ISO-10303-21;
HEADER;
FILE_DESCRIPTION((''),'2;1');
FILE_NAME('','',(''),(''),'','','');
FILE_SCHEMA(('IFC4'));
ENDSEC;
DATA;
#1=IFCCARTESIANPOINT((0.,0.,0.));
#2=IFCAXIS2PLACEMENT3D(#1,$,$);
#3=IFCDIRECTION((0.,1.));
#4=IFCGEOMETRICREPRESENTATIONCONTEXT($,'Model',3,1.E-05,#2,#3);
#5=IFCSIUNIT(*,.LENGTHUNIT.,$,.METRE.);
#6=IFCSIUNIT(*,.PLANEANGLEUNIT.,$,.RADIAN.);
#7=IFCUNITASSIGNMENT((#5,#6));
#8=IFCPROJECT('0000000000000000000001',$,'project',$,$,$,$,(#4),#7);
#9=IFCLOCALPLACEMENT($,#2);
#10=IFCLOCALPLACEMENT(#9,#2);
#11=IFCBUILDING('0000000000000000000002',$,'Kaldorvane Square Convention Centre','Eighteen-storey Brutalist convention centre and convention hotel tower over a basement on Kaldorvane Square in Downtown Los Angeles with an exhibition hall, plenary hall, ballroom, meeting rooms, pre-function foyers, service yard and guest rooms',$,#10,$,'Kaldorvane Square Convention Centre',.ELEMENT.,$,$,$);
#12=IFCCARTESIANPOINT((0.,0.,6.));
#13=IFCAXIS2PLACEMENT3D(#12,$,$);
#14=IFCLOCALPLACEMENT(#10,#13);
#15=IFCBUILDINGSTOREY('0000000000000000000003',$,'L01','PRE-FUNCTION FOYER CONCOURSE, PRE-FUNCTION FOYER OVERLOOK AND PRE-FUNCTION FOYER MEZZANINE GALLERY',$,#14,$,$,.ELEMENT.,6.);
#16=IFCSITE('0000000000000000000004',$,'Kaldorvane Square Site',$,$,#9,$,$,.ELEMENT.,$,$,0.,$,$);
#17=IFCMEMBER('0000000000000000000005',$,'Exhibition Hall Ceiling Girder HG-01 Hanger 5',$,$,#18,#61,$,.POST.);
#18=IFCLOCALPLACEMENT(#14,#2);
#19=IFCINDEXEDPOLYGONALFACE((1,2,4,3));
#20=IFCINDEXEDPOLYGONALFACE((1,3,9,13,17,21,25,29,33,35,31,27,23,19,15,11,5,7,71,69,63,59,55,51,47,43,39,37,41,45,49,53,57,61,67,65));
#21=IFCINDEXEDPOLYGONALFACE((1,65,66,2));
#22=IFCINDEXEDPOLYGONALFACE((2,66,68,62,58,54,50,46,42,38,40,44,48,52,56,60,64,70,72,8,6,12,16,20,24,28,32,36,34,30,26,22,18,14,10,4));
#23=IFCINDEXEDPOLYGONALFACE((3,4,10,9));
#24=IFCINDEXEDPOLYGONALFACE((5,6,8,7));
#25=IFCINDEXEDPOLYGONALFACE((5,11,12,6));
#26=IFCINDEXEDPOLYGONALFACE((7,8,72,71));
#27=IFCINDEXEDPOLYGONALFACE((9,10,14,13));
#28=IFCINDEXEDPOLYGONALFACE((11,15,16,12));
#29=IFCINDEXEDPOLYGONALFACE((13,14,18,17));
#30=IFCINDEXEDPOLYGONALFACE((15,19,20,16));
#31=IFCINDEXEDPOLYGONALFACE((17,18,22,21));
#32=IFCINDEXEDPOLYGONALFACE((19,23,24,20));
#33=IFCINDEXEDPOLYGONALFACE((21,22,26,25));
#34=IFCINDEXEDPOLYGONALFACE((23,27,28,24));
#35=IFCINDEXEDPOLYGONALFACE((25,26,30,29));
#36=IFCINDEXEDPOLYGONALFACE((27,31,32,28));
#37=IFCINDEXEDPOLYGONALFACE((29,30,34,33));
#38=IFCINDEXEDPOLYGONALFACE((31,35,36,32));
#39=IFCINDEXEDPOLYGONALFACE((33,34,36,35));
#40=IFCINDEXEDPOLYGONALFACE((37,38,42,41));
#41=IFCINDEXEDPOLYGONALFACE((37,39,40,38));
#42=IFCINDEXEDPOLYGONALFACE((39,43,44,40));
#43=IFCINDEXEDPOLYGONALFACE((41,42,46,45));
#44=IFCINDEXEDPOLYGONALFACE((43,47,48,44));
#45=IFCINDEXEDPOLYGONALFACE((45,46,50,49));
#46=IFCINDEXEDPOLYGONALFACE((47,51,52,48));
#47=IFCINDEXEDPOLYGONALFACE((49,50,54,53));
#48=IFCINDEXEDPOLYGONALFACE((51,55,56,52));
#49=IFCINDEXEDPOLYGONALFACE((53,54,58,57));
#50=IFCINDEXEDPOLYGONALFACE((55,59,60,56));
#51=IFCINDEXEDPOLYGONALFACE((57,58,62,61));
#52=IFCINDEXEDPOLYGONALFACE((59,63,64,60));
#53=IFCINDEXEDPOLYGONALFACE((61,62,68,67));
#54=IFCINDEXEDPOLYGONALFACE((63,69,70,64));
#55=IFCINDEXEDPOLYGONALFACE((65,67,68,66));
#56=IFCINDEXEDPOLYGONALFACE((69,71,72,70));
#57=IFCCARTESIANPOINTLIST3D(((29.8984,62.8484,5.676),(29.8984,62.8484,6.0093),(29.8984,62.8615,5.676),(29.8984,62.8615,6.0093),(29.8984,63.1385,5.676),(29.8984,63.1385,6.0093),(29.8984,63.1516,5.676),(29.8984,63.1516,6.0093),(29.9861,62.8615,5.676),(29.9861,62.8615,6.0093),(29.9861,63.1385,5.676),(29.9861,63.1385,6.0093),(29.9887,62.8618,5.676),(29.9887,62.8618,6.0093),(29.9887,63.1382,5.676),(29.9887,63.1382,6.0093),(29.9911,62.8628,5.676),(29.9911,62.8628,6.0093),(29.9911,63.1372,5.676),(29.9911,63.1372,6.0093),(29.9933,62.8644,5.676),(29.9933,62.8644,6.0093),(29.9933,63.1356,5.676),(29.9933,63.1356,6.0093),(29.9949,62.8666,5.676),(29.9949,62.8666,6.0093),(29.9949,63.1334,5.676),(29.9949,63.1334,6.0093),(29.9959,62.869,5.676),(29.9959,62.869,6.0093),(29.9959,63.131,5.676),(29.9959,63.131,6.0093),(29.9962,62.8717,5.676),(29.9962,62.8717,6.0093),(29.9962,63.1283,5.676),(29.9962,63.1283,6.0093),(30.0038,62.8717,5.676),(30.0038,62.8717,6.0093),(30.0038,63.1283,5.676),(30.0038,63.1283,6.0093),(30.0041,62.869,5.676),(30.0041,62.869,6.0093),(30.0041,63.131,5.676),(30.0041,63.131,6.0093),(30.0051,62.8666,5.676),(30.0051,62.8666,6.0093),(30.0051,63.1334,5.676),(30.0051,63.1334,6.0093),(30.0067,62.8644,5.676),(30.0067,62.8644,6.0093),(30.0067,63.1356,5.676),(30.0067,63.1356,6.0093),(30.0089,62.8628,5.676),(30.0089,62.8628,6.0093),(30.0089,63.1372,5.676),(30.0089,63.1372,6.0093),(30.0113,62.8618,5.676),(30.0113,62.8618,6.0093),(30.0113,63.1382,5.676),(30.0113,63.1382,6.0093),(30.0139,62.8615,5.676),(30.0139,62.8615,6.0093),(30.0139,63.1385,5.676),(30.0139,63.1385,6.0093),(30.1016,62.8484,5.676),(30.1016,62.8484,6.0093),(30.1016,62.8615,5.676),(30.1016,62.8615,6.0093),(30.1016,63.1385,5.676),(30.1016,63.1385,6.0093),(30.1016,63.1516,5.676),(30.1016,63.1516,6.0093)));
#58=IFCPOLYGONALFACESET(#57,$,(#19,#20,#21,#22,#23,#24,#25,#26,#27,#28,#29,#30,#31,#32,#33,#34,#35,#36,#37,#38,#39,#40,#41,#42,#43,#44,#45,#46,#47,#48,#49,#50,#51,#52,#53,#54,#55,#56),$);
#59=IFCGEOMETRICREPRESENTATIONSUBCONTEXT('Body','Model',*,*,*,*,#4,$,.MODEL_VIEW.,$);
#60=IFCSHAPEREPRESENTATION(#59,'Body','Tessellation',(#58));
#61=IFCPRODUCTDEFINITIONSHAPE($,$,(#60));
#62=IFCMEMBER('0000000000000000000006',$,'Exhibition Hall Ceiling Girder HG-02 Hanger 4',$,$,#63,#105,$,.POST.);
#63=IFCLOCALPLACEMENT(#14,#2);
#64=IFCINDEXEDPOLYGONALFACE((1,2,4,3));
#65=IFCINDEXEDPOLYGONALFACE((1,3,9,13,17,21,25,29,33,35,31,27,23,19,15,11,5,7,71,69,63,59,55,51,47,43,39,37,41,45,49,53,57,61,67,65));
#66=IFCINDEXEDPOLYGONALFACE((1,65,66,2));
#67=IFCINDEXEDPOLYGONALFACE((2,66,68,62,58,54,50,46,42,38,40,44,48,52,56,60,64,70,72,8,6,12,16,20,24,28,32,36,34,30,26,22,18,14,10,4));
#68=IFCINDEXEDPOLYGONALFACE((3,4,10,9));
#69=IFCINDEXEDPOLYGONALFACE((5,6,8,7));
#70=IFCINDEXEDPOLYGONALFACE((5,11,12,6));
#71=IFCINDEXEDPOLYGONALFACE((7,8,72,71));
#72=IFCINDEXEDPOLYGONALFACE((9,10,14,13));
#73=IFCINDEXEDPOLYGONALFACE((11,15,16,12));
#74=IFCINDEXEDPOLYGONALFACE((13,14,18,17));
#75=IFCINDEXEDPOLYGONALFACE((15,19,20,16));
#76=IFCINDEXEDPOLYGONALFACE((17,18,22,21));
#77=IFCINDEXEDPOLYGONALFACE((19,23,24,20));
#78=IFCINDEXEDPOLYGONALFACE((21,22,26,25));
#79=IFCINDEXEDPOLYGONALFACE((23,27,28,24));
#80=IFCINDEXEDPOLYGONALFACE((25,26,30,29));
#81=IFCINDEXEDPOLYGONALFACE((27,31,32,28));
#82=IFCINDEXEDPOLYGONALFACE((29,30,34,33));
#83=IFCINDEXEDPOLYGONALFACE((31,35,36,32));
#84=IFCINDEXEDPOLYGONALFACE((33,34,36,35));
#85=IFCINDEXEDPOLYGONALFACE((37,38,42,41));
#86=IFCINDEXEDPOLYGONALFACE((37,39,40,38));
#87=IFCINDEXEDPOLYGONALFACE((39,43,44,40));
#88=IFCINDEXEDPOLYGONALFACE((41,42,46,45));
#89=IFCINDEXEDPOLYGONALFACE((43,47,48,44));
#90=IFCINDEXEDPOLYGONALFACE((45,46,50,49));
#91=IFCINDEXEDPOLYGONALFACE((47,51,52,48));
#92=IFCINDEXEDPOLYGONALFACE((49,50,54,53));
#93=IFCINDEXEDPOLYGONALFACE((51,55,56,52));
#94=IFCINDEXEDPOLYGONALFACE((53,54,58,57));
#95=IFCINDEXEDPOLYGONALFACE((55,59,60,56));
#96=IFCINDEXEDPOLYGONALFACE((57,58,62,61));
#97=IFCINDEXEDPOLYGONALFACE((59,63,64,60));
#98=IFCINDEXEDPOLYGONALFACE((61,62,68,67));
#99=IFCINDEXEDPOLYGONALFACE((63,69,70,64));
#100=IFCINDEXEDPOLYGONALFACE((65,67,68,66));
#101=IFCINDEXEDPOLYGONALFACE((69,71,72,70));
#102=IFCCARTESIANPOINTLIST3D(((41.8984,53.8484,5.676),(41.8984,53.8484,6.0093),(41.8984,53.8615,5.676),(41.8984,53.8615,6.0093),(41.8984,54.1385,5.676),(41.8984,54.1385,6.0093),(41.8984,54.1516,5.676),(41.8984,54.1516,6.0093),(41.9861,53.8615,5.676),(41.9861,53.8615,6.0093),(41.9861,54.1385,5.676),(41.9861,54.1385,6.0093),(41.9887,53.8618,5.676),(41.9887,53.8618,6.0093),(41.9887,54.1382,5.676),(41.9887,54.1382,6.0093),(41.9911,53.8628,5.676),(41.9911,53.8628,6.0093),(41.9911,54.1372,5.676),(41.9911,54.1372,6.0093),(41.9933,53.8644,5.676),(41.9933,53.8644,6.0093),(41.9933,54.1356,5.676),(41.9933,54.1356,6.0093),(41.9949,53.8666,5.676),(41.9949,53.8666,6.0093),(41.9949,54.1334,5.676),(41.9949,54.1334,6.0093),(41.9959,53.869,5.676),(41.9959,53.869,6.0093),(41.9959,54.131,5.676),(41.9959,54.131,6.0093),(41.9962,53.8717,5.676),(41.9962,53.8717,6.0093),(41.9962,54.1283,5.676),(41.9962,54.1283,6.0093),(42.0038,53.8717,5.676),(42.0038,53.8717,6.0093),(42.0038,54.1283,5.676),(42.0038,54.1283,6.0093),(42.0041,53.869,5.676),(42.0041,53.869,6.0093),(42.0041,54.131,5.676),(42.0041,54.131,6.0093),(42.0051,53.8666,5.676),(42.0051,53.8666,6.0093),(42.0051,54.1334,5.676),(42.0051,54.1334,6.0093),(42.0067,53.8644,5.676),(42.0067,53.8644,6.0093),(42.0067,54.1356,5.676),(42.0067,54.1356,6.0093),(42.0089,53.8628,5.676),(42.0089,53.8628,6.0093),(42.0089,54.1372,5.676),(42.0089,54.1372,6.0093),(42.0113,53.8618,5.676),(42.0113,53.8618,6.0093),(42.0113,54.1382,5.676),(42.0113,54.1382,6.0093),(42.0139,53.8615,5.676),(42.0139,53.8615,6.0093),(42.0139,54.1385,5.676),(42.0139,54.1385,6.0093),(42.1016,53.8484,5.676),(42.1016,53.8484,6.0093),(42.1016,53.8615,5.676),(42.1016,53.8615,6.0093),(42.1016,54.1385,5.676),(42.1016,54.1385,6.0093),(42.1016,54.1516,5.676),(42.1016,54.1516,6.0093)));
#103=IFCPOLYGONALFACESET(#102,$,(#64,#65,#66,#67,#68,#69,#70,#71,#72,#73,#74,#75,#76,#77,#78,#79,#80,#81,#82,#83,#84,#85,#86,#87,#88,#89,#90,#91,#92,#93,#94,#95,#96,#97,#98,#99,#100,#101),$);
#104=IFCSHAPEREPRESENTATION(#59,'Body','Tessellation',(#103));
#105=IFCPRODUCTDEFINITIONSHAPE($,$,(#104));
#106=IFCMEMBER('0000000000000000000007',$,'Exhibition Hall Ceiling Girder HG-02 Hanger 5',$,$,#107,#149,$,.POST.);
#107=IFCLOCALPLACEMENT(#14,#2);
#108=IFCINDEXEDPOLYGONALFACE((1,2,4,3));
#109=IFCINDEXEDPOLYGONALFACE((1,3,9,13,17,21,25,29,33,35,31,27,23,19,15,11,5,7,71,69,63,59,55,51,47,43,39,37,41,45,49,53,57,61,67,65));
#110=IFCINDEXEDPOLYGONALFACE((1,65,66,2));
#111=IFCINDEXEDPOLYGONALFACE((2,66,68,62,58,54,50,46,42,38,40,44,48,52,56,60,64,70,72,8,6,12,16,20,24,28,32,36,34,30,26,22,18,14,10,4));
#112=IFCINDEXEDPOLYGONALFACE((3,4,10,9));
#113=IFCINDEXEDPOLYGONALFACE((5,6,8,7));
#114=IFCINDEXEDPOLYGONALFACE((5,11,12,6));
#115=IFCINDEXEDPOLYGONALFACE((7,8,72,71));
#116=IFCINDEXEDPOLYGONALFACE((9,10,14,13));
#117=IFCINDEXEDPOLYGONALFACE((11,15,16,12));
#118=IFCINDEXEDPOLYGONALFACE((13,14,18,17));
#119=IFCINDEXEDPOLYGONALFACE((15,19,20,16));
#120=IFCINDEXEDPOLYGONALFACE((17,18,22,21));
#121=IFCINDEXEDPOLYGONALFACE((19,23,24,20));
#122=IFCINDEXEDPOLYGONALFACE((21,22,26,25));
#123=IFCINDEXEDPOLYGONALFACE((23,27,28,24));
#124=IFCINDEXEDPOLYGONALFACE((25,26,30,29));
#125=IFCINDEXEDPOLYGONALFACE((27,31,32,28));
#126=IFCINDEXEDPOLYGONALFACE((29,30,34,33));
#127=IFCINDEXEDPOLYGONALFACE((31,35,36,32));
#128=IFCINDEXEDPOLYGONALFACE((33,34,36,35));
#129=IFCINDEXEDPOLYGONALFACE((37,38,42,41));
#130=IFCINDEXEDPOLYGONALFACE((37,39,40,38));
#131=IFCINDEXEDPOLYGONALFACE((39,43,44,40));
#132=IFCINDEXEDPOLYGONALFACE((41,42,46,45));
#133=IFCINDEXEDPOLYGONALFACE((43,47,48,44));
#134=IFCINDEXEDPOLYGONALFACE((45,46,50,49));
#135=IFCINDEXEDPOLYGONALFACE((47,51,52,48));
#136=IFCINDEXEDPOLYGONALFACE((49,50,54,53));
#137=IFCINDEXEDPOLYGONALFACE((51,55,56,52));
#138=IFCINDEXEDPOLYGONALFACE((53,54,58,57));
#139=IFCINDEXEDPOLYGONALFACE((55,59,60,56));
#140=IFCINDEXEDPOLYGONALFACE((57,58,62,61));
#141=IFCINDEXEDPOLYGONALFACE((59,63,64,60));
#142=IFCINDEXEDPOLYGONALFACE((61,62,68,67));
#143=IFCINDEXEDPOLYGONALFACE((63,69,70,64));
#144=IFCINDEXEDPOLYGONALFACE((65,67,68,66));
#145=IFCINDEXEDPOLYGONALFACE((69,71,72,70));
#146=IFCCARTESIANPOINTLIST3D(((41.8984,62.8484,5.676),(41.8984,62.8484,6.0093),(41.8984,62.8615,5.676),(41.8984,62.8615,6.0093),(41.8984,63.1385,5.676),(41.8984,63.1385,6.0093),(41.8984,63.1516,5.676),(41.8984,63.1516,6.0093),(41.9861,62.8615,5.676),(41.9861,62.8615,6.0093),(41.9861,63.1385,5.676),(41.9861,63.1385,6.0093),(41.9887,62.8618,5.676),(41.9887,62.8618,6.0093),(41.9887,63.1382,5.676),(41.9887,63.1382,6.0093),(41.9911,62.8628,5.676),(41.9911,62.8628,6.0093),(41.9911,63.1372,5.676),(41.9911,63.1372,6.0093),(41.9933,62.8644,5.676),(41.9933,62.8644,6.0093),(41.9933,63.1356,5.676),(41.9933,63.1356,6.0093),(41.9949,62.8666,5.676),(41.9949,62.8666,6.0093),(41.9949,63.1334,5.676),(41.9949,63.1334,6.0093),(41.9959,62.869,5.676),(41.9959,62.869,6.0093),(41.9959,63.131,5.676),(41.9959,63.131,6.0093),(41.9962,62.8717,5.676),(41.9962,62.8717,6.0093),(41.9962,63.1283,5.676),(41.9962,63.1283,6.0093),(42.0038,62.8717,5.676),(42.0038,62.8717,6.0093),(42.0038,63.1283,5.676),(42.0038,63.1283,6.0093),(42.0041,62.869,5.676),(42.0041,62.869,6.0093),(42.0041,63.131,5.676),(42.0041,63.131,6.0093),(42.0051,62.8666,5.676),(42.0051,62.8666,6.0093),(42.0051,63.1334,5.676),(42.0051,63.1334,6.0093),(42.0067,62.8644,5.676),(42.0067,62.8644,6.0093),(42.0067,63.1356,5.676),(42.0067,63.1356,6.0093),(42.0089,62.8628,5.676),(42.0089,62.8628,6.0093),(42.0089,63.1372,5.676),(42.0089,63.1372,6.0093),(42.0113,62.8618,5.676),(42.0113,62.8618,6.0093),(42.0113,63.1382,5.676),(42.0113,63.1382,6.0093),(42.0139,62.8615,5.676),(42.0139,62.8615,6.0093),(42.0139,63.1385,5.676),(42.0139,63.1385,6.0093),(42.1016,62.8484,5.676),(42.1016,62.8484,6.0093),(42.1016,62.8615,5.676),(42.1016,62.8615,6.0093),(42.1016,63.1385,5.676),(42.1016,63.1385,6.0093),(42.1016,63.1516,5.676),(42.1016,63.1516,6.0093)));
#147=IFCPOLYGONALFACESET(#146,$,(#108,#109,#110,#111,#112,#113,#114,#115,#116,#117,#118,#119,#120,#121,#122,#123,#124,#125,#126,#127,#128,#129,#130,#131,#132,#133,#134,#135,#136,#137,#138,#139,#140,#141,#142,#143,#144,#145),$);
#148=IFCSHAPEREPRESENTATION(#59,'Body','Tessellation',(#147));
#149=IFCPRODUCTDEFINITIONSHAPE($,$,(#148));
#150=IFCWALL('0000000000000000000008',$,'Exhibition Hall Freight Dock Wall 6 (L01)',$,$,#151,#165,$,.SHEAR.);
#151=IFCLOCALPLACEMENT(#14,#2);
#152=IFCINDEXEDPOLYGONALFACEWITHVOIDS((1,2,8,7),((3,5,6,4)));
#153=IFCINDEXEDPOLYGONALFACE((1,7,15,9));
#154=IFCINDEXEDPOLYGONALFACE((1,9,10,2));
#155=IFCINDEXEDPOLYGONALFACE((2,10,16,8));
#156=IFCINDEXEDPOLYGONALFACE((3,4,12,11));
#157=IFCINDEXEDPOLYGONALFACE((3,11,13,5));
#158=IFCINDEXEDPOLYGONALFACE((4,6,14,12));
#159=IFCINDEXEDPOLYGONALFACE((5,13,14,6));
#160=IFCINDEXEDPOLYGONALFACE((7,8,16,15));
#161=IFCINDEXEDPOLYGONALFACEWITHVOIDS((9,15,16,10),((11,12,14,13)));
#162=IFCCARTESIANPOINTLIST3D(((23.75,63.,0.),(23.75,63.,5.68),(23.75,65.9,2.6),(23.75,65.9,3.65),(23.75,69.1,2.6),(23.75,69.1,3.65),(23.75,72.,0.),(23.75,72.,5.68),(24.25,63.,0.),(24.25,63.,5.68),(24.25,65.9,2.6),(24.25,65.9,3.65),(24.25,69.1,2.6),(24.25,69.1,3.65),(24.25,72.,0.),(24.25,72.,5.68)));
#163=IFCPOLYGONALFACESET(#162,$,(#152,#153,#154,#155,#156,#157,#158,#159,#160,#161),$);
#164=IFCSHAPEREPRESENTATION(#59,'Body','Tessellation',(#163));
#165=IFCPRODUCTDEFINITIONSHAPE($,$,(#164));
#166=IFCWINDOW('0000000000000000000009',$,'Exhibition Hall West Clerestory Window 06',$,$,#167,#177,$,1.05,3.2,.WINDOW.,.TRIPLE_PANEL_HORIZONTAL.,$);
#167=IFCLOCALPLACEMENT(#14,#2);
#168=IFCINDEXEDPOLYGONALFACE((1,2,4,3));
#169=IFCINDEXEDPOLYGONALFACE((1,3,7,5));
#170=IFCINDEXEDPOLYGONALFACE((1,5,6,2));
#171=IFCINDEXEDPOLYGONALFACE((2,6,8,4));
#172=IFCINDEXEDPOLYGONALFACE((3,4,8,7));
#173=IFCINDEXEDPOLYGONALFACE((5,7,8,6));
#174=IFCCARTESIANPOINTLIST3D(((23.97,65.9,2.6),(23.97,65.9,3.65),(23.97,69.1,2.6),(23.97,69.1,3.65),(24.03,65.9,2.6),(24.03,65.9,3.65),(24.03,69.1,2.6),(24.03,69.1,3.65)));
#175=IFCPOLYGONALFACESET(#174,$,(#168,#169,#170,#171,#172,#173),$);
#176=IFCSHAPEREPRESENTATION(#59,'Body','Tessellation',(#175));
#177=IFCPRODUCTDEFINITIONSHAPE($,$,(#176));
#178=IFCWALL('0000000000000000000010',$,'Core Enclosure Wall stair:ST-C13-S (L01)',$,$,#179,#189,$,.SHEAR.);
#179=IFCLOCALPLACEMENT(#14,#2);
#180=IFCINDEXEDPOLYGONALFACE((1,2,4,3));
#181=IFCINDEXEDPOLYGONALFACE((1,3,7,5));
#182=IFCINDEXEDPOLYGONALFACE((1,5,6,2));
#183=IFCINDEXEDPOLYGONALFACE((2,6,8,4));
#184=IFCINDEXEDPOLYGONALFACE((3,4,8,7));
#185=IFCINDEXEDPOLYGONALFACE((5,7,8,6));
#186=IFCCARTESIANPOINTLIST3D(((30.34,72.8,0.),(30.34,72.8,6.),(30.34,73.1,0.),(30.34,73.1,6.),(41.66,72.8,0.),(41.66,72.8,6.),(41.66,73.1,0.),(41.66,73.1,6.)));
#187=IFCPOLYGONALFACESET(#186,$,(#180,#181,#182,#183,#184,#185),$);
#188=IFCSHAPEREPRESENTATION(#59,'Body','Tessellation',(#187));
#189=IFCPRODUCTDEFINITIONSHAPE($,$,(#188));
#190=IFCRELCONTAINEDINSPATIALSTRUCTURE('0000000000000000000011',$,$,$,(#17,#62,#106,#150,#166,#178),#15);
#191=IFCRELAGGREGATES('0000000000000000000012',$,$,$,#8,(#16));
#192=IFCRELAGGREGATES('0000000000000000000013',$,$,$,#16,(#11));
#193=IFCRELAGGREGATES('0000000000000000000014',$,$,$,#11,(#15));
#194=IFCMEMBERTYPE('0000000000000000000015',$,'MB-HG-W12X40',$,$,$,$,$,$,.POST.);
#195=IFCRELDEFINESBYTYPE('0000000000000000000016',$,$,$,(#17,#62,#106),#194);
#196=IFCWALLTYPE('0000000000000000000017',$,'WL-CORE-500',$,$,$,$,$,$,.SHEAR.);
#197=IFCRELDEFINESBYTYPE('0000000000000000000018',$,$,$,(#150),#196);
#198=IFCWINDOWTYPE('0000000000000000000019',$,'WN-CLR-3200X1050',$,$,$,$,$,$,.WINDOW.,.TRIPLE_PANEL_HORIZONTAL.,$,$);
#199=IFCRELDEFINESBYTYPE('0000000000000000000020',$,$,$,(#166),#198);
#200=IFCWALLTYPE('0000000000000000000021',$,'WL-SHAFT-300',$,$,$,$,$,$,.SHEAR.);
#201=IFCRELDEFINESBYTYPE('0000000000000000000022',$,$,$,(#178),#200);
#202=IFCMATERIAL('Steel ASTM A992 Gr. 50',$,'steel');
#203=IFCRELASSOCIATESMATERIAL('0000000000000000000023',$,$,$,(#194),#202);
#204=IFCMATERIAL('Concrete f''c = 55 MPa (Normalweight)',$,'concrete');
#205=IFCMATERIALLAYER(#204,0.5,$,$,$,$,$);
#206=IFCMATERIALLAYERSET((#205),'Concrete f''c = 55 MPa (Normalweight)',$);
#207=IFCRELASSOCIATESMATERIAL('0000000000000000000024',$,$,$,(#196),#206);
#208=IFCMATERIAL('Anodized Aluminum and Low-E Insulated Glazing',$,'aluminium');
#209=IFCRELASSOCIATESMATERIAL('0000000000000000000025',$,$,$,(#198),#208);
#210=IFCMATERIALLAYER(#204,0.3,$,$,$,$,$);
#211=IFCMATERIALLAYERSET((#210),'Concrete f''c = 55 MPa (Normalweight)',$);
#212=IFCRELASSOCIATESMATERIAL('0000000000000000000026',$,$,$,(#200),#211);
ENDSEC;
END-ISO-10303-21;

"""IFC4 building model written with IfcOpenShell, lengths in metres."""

from ifc_helpers import new_model, si_unit, direction, frame, frame_2d, origin, origin_2d, place, context, subcontext, project, spatial, rectangle, i_section, extrude, material, layer, layer_set, material_profile, profile_set, type_object, element, fill, save


model = new_model("IFC4")

# Units and contexts
model_context = context("Model", 3, precision=1e-05, world=origin(), true_north=direction((0.0, 1.0)))
body_context = subcontext(model_context, "Body", "Model", "MODEL_VIEW")
ifc_project = project(units=[si_unit("LENGTHUNIT", "METRE"), si_unit("PLANEANGLEUNIT", "RADIAN")], contexts=[model_context])

# Site, building, storey
site_placement = place(None, origin())
site = spatial("IfcSite", under=ifc_project, at=site_placement, Name="Kaldorvane Square Site", CompositionType="ELEMENT", RefElevation=0.0)
building_placement = place(site_placement, origin())
building = spatial("IfcBuilding", under=site, at=building_placement, Name="Kaldorvane Square Convention Centre", Description="Eighteen-storey Brutalist convention centre and convention hotel tower over a basement on Kaldorvane Square in Downtown Los Angeles with an exhibition hall, plenary hall, ballroom, meeting rooms, pre-function foyers, service yard and guest rooms", LongName="Kaldorvane Square Convention Centre", CompositionType="ELEMENT")
storey_placement = place(building_placement, frame((0.0, 0.0, 6.0)))
storey = spatial("IfcBuildingStorey", under=building, at=storey_placement, Name="L01", Description="PRE-FUNCTION FOYER CONCOURSE, PRE-FUNCTION FOYER OVERLOOK AND PRE-FUNCTION FOYER MEZZANINE GALLERY", CompositionType="ELEMENT", Elevation=6.0)

# Shared definitions
ifc_material_1 = material(Name="Concrete f'c = 55 MPa (Normalweight)", Category="concrete")

# Shared definitions
ifc_material_2 = material(Name="Steel ASTM A992 Gr. 50", Category="steel")

# Members
ifc_material_profile_1 = material_profile(ifc_material_2, i_section(OverallWidth=0.2033, OverallDepth=0.3033, WebThickness=0.0075, FlangeThickness=0.0131, FilletRadius=0.0102, at=origin_2d()), Name="W12X40")
ifc_profile_set_1 = profile_set([ifc_material_profile_1], Name="Steel ASTM A992 Gr. 50")
member_type = type_object("IfcMemberType", Name="MB-HG-W12X40", PredefinedType="POST", material=ifc_profile_set_1)
for number, where, z_axis, x_axis, name in (
    (1, (30.0, 63.0, 5.676), (0.0, 0.0, 1.0), (1.0, 0.0, 0.0), "Exhibition Hall Ceiling Girder HG-01 Hanger 5"),
    (2, (42.0, 54.0, 5.676), (0.0, 0.0, 1.0), (1.0, 0.0, 0.0), "Exhibition Hall Ceiling Girder HG-02 Hanger 4"),
    (3, (42.0, 63.0, 5.676), (0.0, 0.0, 1.0), (1.0, 0.0, 0.0), "Exhibition Hall Ceiling Girder HG-02 Hanger 5"),
):
    element("IfcMember", number, at=place(storey_placement, frame(where, z_axis=z_axis, x_axis=x_axis)), inside=storey, type_object=member_type, Name=name, PredefinedType="POST", context=body_context, shape_type="SweptSolid", body=[
        extrude(i_section(OverallWidth=0.2033, OverallDepth=0.3033, WebThickness=0.0075, FlangeThickness=0.0131, FilletRadius=0.0102, at=origin_2d()), origin(), (0.0, 0.0, 1.0), 0.3333),
    ])

# Wall, opening, window
ifc_layer_1 = layer(ifc_material_1, 0.5)
ifc_layer_set_1 = layer_set([ifc_layer_1], Name="Concrete f'c = 55 MPa (Normalweight)")
wall_type_1 = type_object("IfcWallType", Name="WL-CORE-500", PredefinedType="SHEAR", material=ifc_layer_set_1)
wall_1_placement = place(storey_placement, frame((24.0, 72.0, 0.0), z_axis=(0.0, 0.0, 1.0), x_axis=(0.0, -1.0, 0.0)))
wall_1 = element("IfcWall", 4, at=wall_1_placement, inside=storey, type_object=wall_type_1, Name="Exhibition Hall Freight Dock Wall 6 (L01)", PredefinedType="SHEAR", context=body_context, shape_type="SweptSolid", body=[
    extrude(rectangle(XDim=9.0, YDim=0.5, at=frame_2d((4.5, 0.0))), origin(), (0.0, 0.0, 1.0), 5.68),
])
opening_placement = place(wall_1_placement, frame((2.9, 0.0, 2.6)))
opening = element("IfcOpeningElement", 5, at=opening_placement, cuts=wall_1, PredefinedType="OPENING", context=body_context, shape_type="SweptSolid", body=[
    extrude(rectangle(XDim=3.2, YDim=1.05, at=frame_2d((1.6, 0.525))), frame((0.0, 0.265, 0.0), z_axis=(0.0, -1.0, 0.0), x_axis=(1.0, 0.0, 0.0)), (0.0, 0.0, 1.0), 0.53),
])
ifc_material_3 = material(Name="Anodized Aluminum and Low-E Insulated Glazing", Category="aluminium")
window_type = type_object("IfcWindowType", Name="WN-CLR-3200X1050", PartitioningType="TRIPLE_PANEL_HORIZONTAL", PredefinedType="WINDOW", material=ifc_material_3)
window_placement = place(opening_placement, origin())
window = element("IfcWindow", 6, at=window_placement, inside=storey, type_object=window_type, Name="Exhibition Hall West Clerestory Window 06", OverallHeight=1.05, OverallWidth=3.2, PartitioningType="TRIPLE_PANEL_HORIZONTAL", PredefinedType="WINDOW", context=body_context, shape_type="SweptSolid", body=[
    extrude(rectangle(XDim=3.2, YDim=1.05, at=frame_2d((1.6, 0.525))), frame((0.0, 0.03, 0.0), z_axis=(0.0, -1.0, 0.0), x_axis=(1.0, 0.0, 0.0)), (0.0, 0.0, 1.0), 0.06),
])
fill(opening, window)

# Wall
ifc_layer_2 = layer(ifc_material_1, 0.3)
ifc_layer_set_2 = layer_set([ifc_layer_2], Name="Concrete f'c = 55 MPa (Normalweight)")
wall_type_2 = type_object("IfcWallType", Name="WL-SHAFT-300", PredefinedType="SHEAR", material=ifc_layer_set_2)
wall_2_placement = place(storey_placement, frame((30.34, 72.95, 0.0), z_axis=(0.0, 0.0, 1.0), x_axis=(1.0, 0.0, 0.0)))
element("IfcWall", 7, at=wall_2_placement, inside=storey, type_object=wall_type_2, Name="Core Enclosure Wall stair:ST-C13-S (L01)", PredefinedType="SHEAR", context=body_context, shape_type="SweptSolid", body=[
    extrude(rectangle(XDim=11.32, YDim=0.3, at=frame_2d((5.66, 0.0))), origin(), (0.0, 0.0, 1.0), 6.0),
])

save(model, "model.ifc")
